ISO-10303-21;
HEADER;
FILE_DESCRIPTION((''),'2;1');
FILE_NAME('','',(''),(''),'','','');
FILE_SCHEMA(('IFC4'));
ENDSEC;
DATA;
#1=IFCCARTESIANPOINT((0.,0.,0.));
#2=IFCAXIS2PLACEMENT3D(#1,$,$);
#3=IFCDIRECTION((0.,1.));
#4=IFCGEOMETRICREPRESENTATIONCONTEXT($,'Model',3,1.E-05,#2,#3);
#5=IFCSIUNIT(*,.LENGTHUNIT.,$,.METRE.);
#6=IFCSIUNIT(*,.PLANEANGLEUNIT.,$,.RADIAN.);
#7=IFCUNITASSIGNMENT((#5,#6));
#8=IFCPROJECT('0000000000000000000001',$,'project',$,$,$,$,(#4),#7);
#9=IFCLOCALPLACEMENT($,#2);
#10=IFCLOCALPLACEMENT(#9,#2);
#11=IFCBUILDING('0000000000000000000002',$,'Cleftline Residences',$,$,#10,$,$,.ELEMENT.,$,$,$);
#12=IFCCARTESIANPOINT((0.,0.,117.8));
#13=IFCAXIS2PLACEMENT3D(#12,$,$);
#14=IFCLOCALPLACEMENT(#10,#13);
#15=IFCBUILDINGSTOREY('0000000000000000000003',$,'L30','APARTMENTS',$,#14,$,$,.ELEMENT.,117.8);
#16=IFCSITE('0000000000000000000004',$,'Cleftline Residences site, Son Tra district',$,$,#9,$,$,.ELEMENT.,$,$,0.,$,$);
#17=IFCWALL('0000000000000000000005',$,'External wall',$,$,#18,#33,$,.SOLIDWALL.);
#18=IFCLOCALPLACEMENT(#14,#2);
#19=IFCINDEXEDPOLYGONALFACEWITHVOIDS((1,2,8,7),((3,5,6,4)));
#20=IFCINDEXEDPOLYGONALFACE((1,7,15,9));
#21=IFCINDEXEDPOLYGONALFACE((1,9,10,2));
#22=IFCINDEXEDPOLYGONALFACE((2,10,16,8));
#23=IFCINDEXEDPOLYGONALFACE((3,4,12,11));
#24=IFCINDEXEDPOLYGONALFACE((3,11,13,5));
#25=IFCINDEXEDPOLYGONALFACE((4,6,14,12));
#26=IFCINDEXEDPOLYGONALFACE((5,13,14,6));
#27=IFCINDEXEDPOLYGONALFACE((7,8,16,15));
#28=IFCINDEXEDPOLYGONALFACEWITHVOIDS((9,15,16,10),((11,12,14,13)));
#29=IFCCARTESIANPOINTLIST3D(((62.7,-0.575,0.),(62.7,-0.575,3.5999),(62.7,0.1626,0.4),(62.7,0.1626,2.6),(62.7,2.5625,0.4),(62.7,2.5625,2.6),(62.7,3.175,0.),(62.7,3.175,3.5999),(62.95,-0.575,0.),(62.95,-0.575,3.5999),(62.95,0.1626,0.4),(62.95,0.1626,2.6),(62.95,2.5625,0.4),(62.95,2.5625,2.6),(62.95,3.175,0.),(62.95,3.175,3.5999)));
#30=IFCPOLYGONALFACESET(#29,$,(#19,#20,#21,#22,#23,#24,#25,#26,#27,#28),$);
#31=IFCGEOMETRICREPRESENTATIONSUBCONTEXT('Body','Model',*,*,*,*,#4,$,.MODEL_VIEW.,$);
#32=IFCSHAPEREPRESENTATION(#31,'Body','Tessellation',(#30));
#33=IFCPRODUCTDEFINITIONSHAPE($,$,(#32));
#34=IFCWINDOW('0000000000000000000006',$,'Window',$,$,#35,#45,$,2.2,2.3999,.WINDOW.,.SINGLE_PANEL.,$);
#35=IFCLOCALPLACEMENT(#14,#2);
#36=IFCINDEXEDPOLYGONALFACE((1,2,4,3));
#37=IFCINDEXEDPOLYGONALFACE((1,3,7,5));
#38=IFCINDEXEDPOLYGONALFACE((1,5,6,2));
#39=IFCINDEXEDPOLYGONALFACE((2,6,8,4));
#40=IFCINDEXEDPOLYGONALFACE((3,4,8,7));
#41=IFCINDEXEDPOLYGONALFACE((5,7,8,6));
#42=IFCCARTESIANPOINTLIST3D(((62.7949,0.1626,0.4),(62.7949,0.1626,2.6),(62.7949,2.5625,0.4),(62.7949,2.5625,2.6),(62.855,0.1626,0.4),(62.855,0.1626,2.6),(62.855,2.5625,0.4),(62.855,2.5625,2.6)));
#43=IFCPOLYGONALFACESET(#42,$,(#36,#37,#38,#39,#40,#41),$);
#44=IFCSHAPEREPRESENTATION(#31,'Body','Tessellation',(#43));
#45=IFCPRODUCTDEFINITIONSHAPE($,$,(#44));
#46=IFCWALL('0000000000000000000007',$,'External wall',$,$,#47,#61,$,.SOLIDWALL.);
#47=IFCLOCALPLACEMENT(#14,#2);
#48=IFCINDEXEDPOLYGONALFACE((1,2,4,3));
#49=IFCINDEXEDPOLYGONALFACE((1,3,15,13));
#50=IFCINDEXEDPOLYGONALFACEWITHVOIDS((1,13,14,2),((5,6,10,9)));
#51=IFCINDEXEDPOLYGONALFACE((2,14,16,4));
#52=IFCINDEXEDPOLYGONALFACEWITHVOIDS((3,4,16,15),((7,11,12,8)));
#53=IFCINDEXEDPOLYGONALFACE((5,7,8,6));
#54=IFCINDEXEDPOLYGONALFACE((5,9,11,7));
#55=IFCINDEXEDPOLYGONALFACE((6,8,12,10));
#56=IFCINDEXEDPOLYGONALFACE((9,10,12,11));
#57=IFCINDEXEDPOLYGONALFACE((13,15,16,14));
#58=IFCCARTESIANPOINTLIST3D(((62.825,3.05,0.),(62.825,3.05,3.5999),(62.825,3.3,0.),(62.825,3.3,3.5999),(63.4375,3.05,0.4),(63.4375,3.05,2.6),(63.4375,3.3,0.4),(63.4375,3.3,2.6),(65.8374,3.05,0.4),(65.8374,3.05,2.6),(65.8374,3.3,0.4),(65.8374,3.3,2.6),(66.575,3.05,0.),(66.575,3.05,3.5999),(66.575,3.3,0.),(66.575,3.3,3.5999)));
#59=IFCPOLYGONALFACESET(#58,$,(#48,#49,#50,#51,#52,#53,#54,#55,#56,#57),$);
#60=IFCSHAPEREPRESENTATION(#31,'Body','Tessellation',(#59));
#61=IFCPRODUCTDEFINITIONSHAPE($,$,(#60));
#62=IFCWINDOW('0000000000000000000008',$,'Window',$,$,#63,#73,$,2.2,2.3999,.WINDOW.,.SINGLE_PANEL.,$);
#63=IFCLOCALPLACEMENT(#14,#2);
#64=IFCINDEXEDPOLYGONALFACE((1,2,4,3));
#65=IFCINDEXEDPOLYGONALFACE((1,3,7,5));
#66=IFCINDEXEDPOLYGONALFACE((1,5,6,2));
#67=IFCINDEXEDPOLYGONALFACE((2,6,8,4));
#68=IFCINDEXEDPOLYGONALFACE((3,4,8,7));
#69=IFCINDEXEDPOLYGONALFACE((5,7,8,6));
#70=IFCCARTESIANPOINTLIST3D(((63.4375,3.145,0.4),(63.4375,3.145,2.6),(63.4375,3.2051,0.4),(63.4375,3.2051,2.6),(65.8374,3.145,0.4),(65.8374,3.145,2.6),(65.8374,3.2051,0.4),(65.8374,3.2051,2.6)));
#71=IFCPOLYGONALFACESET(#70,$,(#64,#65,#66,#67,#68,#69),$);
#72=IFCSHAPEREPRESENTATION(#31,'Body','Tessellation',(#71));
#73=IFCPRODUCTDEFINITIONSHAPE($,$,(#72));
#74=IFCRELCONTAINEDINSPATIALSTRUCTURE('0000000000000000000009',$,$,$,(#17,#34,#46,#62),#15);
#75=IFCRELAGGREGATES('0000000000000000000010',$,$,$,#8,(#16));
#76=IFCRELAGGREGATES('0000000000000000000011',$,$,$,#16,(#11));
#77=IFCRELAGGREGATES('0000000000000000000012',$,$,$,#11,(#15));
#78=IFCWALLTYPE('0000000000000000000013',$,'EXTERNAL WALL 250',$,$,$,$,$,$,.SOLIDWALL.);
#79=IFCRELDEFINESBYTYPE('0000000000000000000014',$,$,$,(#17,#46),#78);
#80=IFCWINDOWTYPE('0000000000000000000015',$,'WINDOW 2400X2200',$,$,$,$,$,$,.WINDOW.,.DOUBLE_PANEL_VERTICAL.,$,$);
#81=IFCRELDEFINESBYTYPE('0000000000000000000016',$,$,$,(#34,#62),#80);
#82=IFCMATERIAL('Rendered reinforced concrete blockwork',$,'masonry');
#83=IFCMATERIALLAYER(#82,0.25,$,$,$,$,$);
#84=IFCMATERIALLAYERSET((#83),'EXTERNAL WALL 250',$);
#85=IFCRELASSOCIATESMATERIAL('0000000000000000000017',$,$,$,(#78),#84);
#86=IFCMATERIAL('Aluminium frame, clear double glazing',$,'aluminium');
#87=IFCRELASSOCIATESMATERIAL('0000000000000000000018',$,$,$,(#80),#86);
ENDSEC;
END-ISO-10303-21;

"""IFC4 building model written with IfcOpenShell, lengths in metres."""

from ifc_helpers import new_model, si_unit, direction, frame, frame_2d, origin, place, context, subcontext, project, spatial, rectangle, extrude, material, layer, layer_set, type_object, element, fill, save


model = new_model("IFC4")

# Units and contexts
model_context = context("Model", 3, precision=1e-05, world=origin(), true_north=direction((0.0, 1.0)))
body_context = subcontext(model_context, "Body", "Model", "MODEL_VIEW")
ifc_project = project(units=[si_unit("LENGTHUNIT", "METRE"), si_unit("PLANEANGLEUNIT", "RADIAN")], contexts=[model_context])

# Site, building, storey
site_placement = place(None, origin())
site = spatial("IfcSite", under=ifc_project, at=site_placement, Name="Cleftline Residences site, Son Tra district", CompositionType="ELEMENT", RefElevation=0.0)
building_placement = place(site_placement, origin())
building = spatial("IfcBuilding", under=site, at=building_placement, Name="Cleftline Residences", CompositionType="ELEMENT")
storey_placement = place(building_placement, frame((0.0, 0.0, 117.8)))
storey = spatial("IfcBuildingStorey", under=building, at=storey_placement, Name="L30", Description="APARTMENTS", CompositionType="ELEMENT", Elevation=117.8)

# Walls, openings, windows
ifc_material_1 = material(Name="Rendered reinforced concrete blockwork", Category="masonry")
ifc_layer_1 = layer(ifc_material_1, 0.25)
ifc_layer_set_1 = layer_set([ifc_layer_1], Name="EXTERNAL WALL 250")
wall_type_1 = type_object("IfcWallType", Name="EXTERNAL WALL 250", PredefinedType="SOLIDWALL", material=ifc_layer_set_1)
wall_1_placement = place(storey_placement, frame((62.825, -0.575, 0.0), z_axis=(0.0, 0.0, 1.0), x_axis=(0.0, 1.0, 0.0)))
wall_1 = element("IfcWall", 1, at=wall_1_placement, inside=storey, type_object=wall_type_1, Name="External wall", PredefinedType="SOLIDWALL", context=body_context, shape_type="SweptSolid", body=[
    extrude(rectangle(XDim=3.75, YDim=0.25, at=frame_2d((1.875, 0.0))), origin(), (0.0, 0.0, 1.0), 3.5999),
])
opening_1_placement = place(wall_1_placement, frame((0.7375, 0.0, 0.3999)))
opening_1 = element("IfcOpeningElement", 2, at=opening_1_placement, cuts=wall_1, PredefinedType="OPENING", context=body_context, shape_type="SweptSolid", body=[
    extrude(rectangle(XDim=2.3999, YDim=2.2, at=frame_2d((1.2, 1.1001))), frame((0.0, 0.135, 0.0), z_axis=(0.0, -1.0, 0.0), x_axis=(1.0, 0.0, 0.0)), (0.0, 0.0, 1.0), 0.27),
])
ifc_material_2 = material(Name="Aluminium frame, clear double glazing", Category="aluminium")
window_type_1 = type_object("IfcWindowType", Name="WINDOW 2400X2200", PartitioningType="DOUBLE_PANEL_VERTICAL", PredefinedType="WINDOW", material=ifc_material_2)
window_1_placement = place(opening_1_placement, origin())
window_1 = element("IfcWindow", 3, at=window_1_placement, inside=storey, type_object=window_type_1, Name="Window", OverallHeight=2.2, OverallWidth=2.3999, PartitioningType="SINGLE_PANEL", PredefinedType="WINDOW", context=body_context, shape_type="SweptSolid", body=[
    extrude(rectangle(XDim=2.3999, YDim=2.2, at=frame_2d((1.2, 1.1001))), frame((0.0, 0.03, 0.0), z_axis=(0.0, -1.0, 0.0), x_axis=(1.0, 0.0, 0.0)), (0.0, 0.0, 1.0), 0.0601),
])
fill(opening_1, window_1)
wall_2_placement = place(storey_placement, frame((62.825, 3.175, 0.0), z_axis=(0.0, 0.0, 1.0), x_axis=(1.0, 0.0, 0.0)))
wall_2 = element("IfcWall", 4, at=wall_2_placement, inside=storey, type_object=wall_type_1, Name="External wall", PredefinedType="SOLIDWALL", context=body_context, shape_type="SweptSolid", body=[
    extrude(rectangle(XDim=3.75, YDim=0.25, at=frame_2d((1.875, 0.0))), origin(), (0.0, 0.0, 1.0), 3.5999),
])
opening_2_placement = place(wall_2_placement, frame((0.6125, 0.0, 0.3999)))
opening_2 = element("IfcOpeningElement", 5, at=opening_2_placement, cuts=wall_2, PredefinedType="OPENING", context=body_context, shape_type="SweptSolid", body=[
    extrude(rectangle(XDim=2.3999, YDim=2.2, at=frame_2d((1.2, 1.1001))), frame((0.0, 0.135, 0.0), z_axis=(0.0, -1.0, 0.0), x_axis=(1.0, 0.0, 0.0)), (0.0, 0.0, 1.0), 0.27),
])
window_2_placement = place(opening_2_placement, origin())
window_2 = element("IfcWindow", 6, at=window_2_placement, inside=storey, type_object=window_type_1, Name="Window", OverallHeight=2.2, OverallWidth=2.3999, PartitioningType="SINGLE_PANEL", PredefinedType="WINDOW", context=body_context, shape_type="SweptSolid", body=[
    extrude(rectangle(XDim=2.3999, YDim=2.2, at=frame_2d((1.2, 1.1001))), frame((0.0, 0.03, 0.0), z_axis=(0.0, -1.0, 0.0), x_axis=(1.0, 0.0, 0.0)), (0.0, 0.0, 1.0), 0.0601),
])
fill(opening_2, window_2)

save(model, "model.ifc")
